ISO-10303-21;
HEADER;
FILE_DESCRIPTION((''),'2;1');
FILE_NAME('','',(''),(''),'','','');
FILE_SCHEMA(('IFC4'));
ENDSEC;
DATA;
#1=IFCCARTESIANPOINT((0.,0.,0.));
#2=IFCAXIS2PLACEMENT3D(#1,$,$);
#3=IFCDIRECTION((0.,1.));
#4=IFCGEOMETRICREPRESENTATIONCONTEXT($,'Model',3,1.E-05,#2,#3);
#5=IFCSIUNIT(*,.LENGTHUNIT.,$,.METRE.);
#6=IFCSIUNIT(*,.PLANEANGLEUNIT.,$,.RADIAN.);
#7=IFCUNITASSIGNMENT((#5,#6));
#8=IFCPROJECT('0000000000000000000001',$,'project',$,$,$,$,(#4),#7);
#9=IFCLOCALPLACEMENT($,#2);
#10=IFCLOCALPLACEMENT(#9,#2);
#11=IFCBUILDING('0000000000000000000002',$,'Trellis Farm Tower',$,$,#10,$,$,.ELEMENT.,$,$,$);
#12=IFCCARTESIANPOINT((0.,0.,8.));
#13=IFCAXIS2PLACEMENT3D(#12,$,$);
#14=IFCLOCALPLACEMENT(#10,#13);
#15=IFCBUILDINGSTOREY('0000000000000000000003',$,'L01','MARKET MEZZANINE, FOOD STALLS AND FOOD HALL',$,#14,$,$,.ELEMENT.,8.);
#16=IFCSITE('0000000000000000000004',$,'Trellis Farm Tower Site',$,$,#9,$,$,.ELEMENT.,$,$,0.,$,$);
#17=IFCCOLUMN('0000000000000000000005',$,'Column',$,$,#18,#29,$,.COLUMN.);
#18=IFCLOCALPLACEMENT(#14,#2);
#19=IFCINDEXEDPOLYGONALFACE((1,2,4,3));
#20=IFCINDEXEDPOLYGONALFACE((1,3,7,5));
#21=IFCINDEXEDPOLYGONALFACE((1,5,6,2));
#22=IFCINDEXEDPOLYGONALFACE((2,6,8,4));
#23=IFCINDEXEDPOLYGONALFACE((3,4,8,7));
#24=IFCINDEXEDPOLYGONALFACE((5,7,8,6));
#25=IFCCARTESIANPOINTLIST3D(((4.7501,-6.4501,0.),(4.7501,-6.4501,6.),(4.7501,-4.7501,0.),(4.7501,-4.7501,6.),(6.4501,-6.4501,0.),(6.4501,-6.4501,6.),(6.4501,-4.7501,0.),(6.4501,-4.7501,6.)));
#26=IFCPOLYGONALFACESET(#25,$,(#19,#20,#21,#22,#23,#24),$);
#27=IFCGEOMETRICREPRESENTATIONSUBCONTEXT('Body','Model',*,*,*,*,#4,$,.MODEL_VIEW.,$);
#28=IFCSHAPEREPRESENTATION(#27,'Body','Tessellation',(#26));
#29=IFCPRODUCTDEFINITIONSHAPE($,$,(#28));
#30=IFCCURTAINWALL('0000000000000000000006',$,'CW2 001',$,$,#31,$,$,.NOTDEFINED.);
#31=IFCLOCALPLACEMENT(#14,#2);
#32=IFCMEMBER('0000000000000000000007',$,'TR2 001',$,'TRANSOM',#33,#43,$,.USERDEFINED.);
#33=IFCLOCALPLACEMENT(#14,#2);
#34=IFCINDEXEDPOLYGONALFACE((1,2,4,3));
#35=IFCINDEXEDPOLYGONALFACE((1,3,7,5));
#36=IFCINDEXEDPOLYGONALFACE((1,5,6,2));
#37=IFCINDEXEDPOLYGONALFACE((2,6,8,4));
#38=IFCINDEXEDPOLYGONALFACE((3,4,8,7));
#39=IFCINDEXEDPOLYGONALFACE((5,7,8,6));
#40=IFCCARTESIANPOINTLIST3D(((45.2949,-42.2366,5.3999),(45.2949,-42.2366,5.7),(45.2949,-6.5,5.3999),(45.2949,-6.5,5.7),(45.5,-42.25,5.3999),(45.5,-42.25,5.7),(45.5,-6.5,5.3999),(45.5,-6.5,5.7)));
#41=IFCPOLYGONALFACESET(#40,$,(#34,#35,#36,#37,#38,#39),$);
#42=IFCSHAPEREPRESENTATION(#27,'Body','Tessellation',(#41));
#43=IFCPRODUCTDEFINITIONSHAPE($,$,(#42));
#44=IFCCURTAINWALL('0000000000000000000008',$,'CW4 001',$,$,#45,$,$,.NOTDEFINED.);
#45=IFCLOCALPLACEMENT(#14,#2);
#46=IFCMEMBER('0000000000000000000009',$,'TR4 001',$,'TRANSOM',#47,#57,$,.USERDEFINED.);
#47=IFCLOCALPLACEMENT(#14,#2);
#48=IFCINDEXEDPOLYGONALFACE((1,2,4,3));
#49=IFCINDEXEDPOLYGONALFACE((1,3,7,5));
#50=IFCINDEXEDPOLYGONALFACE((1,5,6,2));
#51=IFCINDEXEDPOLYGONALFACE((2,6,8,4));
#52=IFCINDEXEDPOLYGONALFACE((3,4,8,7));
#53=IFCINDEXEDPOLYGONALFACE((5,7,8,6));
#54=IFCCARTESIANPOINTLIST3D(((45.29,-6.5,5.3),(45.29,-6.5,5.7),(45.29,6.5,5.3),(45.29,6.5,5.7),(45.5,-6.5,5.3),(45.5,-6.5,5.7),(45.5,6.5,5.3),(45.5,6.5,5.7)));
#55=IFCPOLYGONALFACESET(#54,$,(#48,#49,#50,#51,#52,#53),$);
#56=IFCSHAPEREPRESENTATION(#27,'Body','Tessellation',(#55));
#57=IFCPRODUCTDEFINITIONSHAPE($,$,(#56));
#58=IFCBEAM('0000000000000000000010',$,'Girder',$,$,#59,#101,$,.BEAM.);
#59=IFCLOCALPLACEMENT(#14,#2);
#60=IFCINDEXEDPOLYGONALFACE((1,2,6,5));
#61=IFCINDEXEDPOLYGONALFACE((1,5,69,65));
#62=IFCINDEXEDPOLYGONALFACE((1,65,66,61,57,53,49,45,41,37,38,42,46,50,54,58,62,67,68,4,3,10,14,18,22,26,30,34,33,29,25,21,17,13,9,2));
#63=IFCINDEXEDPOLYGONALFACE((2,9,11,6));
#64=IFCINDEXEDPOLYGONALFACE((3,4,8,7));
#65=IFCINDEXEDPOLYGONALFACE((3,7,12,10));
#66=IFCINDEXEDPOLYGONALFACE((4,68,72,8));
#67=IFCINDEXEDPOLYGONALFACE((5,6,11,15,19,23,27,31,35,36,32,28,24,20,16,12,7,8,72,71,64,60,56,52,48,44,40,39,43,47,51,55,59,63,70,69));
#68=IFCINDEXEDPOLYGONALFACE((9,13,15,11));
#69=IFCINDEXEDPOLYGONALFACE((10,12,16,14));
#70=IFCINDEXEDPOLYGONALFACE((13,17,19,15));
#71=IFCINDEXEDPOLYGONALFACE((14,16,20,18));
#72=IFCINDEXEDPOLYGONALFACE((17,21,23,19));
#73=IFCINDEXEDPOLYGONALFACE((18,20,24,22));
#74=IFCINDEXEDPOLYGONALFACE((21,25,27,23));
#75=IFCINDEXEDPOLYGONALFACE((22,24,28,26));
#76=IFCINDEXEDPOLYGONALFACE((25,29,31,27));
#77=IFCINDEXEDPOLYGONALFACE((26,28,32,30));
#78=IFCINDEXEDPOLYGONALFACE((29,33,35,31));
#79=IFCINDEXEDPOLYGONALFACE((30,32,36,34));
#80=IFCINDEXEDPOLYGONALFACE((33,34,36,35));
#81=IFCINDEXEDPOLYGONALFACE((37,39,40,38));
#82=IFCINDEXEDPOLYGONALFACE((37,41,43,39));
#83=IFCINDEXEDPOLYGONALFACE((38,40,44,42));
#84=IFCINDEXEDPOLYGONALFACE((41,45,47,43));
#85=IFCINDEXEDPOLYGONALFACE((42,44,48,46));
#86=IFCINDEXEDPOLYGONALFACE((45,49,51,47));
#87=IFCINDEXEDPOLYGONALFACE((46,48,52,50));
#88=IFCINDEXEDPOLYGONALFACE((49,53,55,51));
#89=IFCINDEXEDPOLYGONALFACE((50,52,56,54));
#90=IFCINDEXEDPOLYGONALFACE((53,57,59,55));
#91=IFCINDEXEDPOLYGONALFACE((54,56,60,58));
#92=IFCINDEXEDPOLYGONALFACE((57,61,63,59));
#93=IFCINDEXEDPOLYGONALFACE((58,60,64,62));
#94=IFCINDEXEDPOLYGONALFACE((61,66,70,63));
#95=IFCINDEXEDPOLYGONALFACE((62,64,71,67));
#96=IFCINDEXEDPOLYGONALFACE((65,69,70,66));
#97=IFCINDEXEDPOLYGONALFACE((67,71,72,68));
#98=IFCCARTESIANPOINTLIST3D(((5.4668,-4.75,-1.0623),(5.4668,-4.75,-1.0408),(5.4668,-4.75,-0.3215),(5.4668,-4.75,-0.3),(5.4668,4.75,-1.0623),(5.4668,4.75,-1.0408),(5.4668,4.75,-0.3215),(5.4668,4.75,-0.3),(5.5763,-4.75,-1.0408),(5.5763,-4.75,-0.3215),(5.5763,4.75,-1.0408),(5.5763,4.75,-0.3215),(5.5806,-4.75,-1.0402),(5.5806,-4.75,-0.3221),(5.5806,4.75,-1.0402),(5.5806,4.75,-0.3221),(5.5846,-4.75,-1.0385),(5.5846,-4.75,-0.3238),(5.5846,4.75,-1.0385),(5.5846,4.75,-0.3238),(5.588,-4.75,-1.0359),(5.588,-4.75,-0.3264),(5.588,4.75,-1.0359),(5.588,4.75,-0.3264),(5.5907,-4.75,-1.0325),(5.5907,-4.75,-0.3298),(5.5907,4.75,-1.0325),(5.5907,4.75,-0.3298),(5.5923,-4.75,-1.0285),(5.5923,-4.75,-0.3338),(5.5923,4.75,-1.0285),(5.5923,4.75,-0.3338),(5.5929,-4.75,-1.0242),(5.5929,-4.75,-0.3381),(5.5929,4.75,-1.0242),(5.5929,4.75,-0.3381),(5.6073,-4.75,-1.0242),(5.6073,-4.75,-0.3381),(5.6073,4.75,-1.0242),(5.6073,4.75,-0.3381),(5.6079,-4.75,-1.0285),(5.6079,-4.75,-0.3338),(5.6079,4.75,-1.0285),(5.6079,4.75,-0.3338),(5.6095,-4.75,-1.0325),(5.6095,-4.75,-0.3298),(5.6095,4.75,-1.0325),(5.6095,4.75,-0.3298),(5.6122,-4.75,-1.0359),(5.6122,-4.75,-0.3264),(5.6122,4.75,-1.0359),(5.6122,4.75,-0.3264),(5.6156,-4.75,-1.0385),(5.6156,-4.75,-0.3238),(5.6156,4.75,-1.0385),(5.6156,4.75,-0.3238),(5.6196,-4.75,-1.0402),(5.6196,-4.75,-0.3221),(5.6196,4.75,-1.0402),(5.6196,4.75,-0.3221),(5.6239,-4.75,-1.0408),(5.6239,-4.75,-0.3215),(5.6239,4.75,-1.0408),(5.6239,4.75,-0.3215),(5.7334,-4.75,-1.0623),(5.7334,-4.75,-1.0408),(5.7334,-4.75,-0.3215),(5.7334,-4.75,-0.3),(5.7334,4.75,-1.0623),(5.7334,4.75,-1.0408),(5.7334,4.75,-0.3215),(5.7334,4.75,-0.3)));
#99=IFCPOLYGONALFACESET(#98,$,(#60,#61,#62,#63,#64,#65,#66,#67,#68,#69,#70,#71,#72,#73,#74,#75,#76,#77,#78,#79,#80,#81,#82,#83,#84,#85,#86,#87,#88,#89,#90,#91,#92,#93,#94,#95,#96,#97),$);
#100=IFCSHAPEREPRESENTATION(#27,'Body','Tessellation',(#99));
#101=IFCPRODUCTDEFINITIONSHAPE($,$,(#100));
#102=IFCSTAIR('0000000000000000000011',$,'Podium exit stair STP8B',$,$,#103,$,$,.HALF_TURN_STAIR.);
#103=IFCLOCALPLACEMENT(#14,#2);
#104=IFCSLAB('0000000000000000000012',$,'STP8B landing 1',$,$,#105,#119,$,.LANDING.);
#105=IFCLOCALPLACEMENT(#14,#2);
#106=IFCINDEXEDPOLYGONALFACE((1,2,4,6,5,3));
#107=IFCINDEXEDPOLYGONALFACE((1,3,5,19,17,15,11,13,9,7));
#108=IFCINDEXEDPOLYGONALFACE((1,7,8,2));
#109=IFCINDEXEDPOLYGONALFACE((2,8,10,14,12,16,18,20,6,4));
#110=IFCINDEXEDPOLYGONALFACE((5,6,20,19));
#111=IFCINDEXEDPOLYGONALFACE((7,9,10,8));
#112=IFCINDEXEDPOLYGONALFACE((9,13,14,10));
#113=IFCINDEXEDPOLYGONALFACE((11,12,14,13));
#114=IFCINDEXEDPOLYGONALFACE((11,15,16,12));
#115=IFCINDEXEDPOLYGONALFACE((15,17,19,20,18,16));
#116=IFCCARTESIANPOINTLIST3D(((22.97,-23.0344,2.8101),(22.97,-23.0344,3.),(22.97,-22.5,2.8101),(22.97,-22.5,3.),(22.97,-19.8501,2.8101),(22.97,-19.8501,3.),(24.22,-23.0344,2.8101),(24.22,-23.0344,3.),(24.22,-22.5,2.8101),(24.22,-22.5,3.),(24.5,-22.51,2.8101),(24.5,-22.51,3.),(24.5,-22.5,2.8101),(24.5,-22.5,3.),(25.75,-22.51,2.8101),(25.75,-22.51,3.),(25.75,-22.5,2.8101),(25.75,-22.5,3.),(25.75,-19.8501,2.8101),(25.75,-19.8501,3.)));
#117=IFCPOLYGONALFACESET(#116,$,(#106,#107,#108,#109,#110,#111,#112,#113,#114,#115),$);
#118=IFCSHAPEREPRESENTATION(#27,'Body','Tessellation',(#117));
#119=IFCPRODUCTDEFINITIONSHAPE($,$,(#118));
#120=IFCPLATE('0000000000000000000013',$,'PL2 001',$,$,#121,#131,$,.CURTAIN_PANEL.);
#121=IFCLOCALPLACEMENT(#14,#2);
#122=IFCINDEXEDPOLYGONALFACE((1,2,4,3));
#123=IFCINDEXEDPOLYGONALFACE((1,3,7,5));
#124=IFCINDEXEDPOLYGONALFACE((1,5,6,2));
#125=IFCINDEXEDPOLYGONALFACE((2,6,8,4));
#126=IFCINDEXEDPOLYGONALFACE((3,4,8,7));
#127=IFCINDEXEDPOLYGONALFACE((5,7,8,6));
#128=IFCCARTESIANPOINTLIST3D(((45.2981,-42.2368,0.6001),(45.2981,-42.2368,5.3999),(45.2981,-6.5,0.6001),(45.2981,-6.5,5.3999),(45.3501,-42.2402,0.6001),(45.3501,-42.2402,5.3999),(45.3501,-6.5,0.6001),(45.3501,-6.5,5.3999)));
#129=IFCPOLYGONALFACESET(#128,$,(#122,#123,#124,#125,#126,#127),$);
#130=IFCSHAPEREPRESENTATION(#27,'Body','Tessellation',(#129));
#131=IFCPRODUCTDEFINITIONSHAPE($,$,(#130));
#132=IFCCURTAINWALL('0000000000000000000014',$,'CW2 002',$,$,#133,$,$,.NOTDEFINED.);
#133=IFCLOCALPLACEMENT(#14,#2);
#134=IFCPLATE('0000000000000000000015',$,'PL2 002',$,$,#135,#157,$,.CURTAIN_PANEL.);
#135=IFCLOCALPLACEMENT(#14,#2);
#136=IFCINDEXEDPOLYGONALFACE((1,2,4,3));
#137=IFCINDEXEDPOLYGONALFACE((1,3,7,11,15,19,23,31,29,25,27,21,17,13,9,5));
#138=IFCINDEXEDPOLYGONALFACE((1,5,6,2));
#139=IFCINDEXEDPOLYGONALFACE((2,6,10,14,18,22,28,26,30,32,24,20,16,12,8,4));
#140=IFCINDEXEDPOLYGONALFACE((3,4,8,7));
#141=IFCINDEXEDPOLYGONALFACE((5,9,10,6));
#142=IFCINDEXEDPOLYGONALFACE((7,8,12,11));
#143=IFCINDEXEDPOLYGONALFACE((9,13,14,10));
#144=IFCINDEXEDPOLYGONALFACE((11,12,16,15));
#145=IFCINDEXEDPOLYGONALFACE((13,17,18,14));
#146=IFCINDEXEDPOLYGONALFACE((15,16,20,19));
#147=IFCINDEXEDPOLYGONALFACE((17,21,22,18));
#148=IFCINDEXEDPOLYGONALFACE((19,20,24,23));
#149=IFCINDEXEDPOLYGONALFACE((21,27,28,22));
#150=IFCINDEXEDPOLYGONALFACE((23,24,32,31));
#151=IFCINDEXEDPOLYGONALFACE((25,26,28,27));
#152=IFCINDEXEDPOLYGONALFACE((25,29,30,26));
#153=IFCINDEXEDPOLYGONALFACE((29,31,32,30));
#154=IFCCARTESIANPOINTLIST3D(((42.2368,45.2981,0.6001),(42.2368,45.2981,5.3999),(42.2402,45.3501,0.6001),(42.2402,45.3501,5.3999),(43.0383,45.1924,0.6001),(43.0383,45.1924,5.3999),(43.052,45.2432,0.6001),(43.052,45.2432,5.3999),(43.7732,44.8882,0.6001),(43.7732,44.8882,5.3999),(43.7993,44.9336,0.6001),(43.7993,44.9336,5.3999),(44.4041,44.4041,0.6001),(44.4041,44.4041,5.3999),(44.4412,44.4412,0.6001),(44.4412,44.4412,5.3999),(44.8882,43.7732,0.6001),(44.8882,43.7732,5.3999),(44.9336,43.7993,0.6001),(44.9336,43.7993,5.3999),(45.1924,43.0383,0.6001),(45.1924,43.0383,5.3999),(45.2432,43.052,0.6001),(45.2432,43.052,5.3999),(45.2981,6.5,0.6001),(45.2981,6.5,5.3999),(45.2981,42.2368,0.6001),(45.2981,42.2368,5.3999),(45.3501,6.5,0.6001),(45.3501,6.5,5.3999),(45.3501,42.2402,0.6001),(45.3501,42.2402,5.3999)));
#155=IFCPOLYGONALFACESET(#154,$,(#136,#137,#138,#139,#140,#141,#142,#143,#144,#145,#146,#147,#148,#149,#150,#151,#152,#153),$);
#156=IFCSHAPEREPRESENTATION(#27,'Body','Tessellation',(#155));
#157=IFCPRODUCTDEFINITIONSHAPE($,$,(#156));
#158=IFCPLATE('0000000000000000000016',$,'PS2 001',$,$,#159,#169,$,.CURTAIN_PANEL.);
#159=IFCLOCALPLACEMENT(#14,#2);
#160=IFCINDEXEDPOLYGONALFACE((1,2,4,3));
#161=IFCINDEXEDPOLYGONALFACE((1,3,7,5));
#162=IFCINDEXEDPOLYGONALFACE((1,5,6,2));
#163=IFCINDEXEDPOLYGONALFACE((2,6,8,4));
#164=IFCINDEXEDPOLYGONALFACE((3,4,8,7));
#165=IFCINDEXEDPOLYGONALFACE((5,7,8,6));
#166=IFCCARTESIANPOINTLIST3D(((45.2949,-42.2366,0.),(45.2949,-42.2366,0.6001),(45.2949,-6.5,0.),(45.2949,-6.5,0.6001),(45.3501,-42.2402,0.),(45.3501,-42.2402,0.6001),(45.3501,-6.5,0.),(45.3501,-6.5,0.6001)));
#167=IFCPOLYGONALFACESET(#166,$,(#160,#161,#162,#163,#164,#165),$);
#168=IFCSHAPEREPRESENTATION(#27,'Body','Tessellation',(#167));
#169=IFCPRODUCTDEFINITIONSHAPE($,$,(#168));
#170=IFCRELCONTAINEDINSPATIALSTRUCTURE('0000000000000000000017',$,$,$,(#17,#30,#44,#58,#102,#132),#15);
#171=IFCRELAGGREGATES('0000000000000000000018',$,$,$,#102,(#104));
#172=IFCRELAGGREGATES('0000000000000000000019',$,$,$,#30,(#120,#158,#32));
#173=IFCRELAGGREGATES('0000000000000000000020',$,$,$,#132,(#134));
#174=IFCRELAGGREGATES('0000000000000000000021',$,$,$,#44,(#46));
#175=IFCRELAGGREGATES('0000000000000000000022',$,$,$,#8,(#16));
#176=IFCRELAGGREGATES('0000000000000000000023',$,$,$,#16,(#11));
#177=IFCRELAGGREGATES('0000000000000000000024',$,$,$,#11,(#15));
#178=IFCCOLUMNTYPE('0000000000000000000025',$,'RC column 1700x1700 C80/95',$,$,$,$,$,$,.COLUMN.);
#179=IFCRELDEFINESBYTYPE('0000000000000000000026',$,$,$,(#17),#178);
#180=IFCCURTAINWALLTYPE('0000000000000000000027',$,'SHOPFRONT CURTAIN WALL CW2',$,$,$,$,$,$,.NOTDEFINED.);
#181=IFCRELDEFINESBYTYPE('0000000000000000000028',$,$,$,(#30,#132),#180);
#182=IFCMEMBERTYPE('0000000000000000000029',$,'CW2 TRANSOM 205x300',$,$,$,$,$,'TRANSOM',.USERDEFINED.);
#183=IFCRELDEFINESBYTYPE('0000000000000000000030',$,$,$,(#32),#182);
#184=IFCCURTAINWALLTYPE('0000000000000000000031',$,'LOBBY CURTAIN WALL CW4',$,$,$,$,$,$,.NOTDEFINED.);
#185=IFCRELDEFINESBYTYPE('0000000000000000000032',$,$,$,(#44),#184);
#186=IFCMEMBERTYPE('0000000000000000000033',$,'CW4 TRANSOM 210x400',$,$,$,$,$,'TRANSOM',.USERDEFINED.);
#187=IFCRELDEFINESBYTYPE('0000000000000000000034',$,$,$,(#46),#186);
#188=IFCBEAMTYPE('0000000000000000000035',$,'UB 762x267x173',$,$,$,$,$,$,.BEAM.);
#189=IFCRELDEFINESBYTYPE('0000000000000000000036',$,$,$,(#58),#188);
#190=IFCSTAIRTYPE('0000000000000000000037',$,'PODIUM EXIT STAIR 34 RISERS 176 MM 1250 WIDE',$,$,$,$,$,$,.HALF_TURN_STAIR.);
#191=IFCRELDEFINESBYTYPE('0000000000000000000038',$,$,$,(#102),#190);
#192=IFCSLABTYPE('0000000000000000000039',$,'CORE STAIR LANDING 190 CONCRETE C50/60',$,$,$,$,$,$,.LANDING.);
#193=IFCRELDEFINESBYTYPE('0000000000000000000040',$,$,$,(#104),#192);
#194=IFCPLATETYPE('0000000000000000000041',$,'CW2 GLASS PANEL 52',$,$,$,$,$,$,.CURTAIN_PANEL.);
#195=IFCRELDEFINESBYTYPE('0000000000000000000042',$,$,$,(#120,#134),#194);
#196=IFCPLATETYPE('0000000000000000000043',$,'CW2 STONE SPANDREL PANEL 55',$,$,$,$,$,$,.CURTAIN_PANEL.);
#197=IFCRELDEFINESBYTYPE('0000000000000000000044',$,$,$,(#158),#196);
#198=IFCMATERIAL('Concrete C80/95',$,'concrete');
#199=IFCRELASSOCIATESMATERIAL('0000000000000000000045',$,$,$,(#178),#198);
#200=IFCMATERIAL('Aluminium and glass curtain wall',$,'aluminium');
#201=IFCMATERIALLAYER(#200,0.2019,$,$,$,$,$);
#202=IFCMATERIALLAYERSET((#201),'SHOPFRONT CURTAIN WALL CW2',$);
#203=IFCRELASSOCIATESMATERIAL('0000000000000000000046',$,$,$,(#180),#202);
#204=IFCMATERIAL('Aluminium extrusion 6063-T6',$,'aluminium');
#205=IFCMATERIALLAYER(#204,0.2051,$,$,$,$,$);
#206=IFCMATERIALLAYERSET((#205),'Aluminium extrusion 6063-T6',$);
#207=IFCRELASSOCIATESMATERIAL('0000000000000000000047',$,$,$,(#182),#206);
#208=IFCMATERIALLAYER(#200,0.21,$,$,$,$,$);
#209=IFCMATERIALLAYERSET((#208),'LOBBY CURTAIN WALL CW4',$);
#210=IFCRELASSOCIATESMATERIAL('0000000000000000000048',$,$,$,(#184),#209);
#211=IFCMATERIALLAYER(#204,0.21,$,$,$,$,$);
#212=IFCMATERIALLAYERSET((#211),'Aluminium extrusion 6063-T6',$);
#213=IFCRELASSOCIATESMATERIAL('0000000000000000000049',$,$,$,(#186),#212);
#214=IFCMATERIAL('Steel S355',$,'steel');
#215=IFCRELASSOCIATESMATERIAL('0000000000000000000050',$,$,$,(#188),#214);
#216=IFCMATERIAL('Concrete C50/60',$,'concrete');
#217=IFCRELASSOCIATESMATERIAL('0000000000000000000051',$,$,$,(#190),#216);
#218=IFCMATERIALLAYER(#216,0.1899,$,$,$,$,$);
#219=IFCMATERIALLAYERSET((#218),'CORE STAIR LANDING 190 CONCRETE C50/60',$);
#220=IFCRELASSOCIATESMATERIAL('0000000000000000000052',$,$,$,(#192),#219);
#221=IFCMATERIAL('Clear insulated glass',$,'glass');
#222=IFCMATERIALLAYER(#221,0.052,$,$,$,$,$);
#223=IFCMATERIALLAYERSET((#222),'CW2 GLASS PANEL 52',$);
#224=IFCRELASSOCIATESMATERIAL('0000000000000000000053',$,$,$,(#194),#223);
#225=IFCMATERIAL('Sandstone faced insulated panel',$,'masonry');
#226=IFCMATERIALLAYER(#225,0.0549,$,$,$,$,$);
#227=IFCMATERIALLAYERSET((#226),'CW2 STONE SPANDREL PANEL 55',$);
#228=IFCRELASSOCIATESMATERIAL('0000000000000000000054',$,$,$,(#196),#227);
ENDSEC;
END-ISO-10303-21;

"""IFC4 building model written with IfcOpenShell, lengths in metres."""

from ifc_helpers import new_model, si_unit, direction, frame, origin, origin_2d, place, context, subcontext, project, spatial, polyline, rectangle, i_section, outline, extrude, source, transform, mapped, material, layer, layer_set, material_profile, profile_set, type_object, element, aggregate, save


model = new_model("IFC4")

# Units and contexts
model_context = context("Model", 3, precision=1e-05, world=origin(), true_north=direction((0.0, 1.0)))
body_context = subcontext(model_context, "Body", "Model", "MODEL_VIEW")
ifc_project = project(units=[si_unit("LENGTHUNIT", "METRE"), si_unit("PLANEANGLEUNIT", "RADIAN")], contexts=[model_context])

# Site, building, storey
site_placement = place(None, origin())
site = spatial("IfcSite", under=ifc_project, at=site_placement, Name="Trellis Farm Tower Site", CompositionType="ELEMENT", RefElevation=0.0)
building_placement = place(site_placement, origin())
building = spatial("IfcBuilding", under=site, at=building_placement, Name="Trellis Farm Tower", CompositionType="ELEMENT")
storey_placement = place(building_placement, frame((0.0, 0.0, 8.0)))
storey = spatial("IfcBuildingStorey", under=building, at=storey_placement, Name="L01", Description="MARKET MEZZANINE, FOOD STALLS AND FOOD HALL", CompositionType="ELEMENT", Elevation=8.0)

# Column
ifc_material_1 = material(Name="Concrete C80/95", Category="concrete")
ifc_material_profile_1 = material_profile(ifc_material_1, rectangle(XDim=1.7, YDim=1.7, at=origin_2d()), Name="RC column 1700x1700 C80/95")
ifc_profile_set_1 = profile_set([ifc_material_profile_1], Name="Concrete C80/95")
column_type = type_object("IfcColumnType", Name="RC column 1700x1700 C80/95", PredefinedType="COLUMN", material=ifc_profile_set_1)
shared_shape_1 = source(origin(), body_context, "Body", "SweptSolid", [
    extrude(rectangle(XDim=1.7, YDim=1.7, at=origin_2d()), origin(), (0.0, 0.0, 1.0), 6.0),
])
column_placement = place(storey_placement, frame((5.6001, -5.6001, 0.0), z_axis=(0.0, 0.0, 1.0), x_axis=(1.0, 0.0, 0.0)))
element("IfcColumn", 1, at=column_placement, inside=storey, type_object=column_type, Name="Column", PredefinedType="COLUMN", context=body_context, shape_type="MappedRepresentation", body=[
    mapped(shared_shape_1, transform((0.0, 0.0, 0.0))),
])

# Curtain walls, members
ifc_material_2 = material(Name="Aluminium and glass curtain wall", Category="aluminium")
ifc_layer_1 = layer(ifc_material_2, 0.2019)
ifc_layer_set_1 = layer_set([ifc_layer_1], Name="SHOPFRONT CURTAIN WALL CW2")
curtain_wall_type_1 = type_object("IfcCurtainWallType", Name="SHOPFRONT CURTAIN WALL CW2", PredefinedType="NOTDEFINED", material=ifc_layer_set_1)
placement_1 = place(storey_placement, origin())
curtain_wall_1 = element("IfcCurtainWall", 2, at=placement_1, inside=storey, type_object=curtain_wall_type_1, Name="CW2 001", PredefinedType="NOTDEFINED")
ifc_material_3 = material(Name="Aluminium extrusion 6063-T6", Category="aluminium")
ifc_layer_2 = layer(ifc_material_3, 0.2051)
ifc_layer_set_2 = layer_set([ifc_layer_2], Name="Aluminium extrusion 6063-T6")
member_type_1 = type_object("IfcMemberType", Name="CW2 TRANSOM 205x300", ElementType="TRANSOM", PredefinedType="USERDEFINED", material=ifc_layer_set_2)
member_1_placement = place(storey_placement, frame((0.0, 0.0, 5.3999)))
member_1 = element("IfcMember", 3, at=member_1_placement, type_object=member_type_1, Name="TR2 001", ObjectType="TRANSOM", PredefinedType="USERDEFINED", context=body_context, shape_type="SweptSolid", body=[
    extrude(outline(polyline([(45.5, -42.25), (45.5, -6.5), (45.2949, -6.5), (45.2949, -42.2366), (45.5, -42.25)])), origin(), (0.0, 0.0, 1.0), 0.3),
])
ifc_layer_3 = layer(ifc_material_2, 0.21)
ifc_layer_set_3 = layer_set([ifc_layer_3], Name="LOBBY CURTAIN WALL CW4")
curtain_wall_type_2 = type_object("IfcCurtainWallType", Name="LOBBY CURTAIN WALL CW4", PredefinedType="NOTDEFINED", material=ifc_layer_set_3)
curtain_wall_2 = element("IfcCurtainWall", 4, at=placement_1, inside=storey, type_object=curtain_wall_type_2, Name="CW4 001", PredefinedType="NOTDEFINED")
ifc_layer_4 = layer(ifc_material_3, 0.21)
ifc_layer_set_4 = layer_set([ifc_layer_4], Name="Aluminium extrusion 6063-T6")
member_type_2 = type_object("IfcMemberType", Name="CW4 TRANSOM 210x400", ElementType="TRANSOM", PredefinedType="USERDEFINED", material=ifc_layer_set_4)
member_2_placement = place(storey_placement, frame((0.0, 0.0, 5.3)))
member_2 = element("IfcMember", 5, at=member_2_placement, type_object=member_type_2, Name="TR4 001", ObjectType="TRANSOM", PredefinedType="USERDEFINED", context=body_context, shape_type="SweptSolid", body=[
    extrude(outline(polyline([(45.5, -6.5), (45.5, 6.5), (45.29, 6.5), (45.29, -6.5), (45.5, -6.5)])), origin(), (0.0, 0.0, 1.0), 0.3999),
])

# Beam
ifc_material_4 = material(Name="Steel S355", Category="steel")
ifc_material_profile_2 = material_profile(ifc_material_4, i_section(OverallWidth=0.2666, OverallDepth=0.7622, WebThickness=0.0144, FlangeThickness=0.0215, FilletRadius=0.0166, at=origin_2d()), Name="UB 762x267x173")
ifc_profile_set_2 = profile_set([ifc_material_profile_2], Name="Steel S355")
beam_type = type_object("IfcBeamType", Name="UB 762x267x173", PredefinedType="BEAM", material=ifc_profile_set_2)
shared_shape_2 = source(origin(), body_context, "Body", "SweptSolid", [
    extrude(i_section(OverallWidth=0.2666, OverallDepth=0.7622, WebThickness=0.0144, FlangeThickness=0.0215, FilletRadius=0.0166, at=origin_2d()), origin(), (0.0, 0.0, 1.0), 9.5),
])
beam_placement = place(storey_placement, frame((5.6001, -4.75, -0.6812), z_axis=(0.0, 1.0, 0.0), x_axis=(-1.0, 0.0, 0.0)))
element("IfcBeam", 6, at=beam_placement, inside=storey, type_object=beam_type, Name="Girder", PredefinedType="BEAM", context=body_context, shape_type="MappedRepresentation", body=[
    mapped(shared_shape_2, transform((0.0, 0.0, 0.0))),
])

# Stair, slab
ifc_material_5 = material(Name="Concrete C50/60", Category="concrete")
stair_type_1 = type_object("IfcStairType", Name="PODIUM EXIT STAIR 34 RISERS 176 MM 1250 WIDE", PredefinedType="HALF_TURN_STAIR", material=ifc_material_5)
stair_1 = element("IfcStair", 7, at=placement_1, inside=storey, type_object=stair_type_1, Name="Podium exit stair STP8B", PredefinedType="HALF_TURN_STAIR")
ifc_layer_5 = layer(ifc_material_5, 0.1899)
ifc_layer_set_5 = layer_set([ifc_layer_5], Name="CORE STAIR LANDING 190 CONCRETE C50/60")
slab_type_1 = type_object("IfcSlabType", Name="CORE STAIR LANDING 190 CONCRETE C50/60", PredefinedType="LANDING", material=ifc_layer_set_5)
slab_1_placement = place(storey_placement, frame((0.0, 0.0, 2.8101)))
slab_1 = element("IfcSlab", 8, at=slab_1_placement, type_object=slab_type_1, Name="STP8B landing 1", PredefinedType="LANDING", context=body_context, shape_type="SweptSolid", body=[
    extrude(outline(polyline([(24.22, -23.0344), (22.97, -23.0344), (22.97, -22.5), (22.97, -19.8501), (25.75, -19.8501), (25.75, -22.5), (25.75, -22.51), (24.5, -22.51), (24.5, -22.5), (24.22, -22.5), (24.22, -23.0344)])), origin(), (0.0, 0.0, 1.0), 0.1899),
])
aggregate(stair_1, [slab_1])

# Plate
ifc_material_6 = material(Name="Clear insulated glass", Category="glass")
ifc_layer_6 = layer(ifc_material_6, 0.052)
ifc_layer_set_6 = layer_set([ifc_layer_6], Name="CW2 GLASS PANEL 52")
plate_type_1 = type_object("IfcPlateType", Name="CW2 GLASS PANEL 52", PredefinedType="CURTAIN_PANEL", material=ifc_layer_set_6)
placement_2 = place(storey_placement, frame((0.0, 0.0, 0.6001)))
plate_1 = element("IfcPlate", 9, at=placement_2, type_object=plate_type_1, Name="PL2 001", PredefinedType="CURTAIN_PANEL", context=body_context, shape_type="SweptSolid", body=[
    extrude(outline(polyline([(45.3501, -42.2402), (45.3501, -6.5), (45.2981, -6.5), (45.2981, -42.2368), (45.3501, -42.2402)])), origin(), (0.0, 0.0, 1.0), 4.7998),
])

# Curtain wall, plate
curtain_wall_3 = element("IfcCurtainWall", 10, at=placement_1, inside=storey, type_object=curtain_wall_type_1, Name="CW2 002", PredefinedType="NOTDEFINED")
plate_2 = element("IfcPlate", 11, at=placement_2, type_object=plate_type_1, Name="PL2 002", PredefinedType="CURTAIN_PANEL", context=body_context, shape_type="SweptSolid", body=[
    extrude(outline(polyline([(45.3501, 6.5), (45.3501, 42.2402), (45.2432, 43.052), (44.9336, 43.7993), (44.4412, 44.4412), (43.7993, 44.9336), (43.052, 45.2432), (42.2402, 45.3501), (42.2368, 45.2981), (43.0383, 45.1924), (43.7732, 44.8882), (44.4041, 44.4041), (44.8882, 43.7732), (45.1924, 43.0383), (45.2981, 42.2368), (45.2981, 6.5), (45.3501, 6.5)])), origin(), (0.0, 0.0, 1.0), 4.7998),
])

# Plate
ifc_material_7 = material(Name="Sandstone faced insulated panel", Category="masonry")
ifc_layer_7 = layer(ifc_material_7, 0.0549)
ifc_layer_set_7 = layer_set([ifc_layer_7], Name="CW2 STONE SPANDREL PANEL 55")
plate_type_2 = type_object("IfcPlateType", Name="CW2 STONE SPANDREL PANEL 55", PredefinedType="CURTAIN_PANEL", material=ifc_layer_set_7)
plate_3 = element("IfcPlate", 12, at=placement_1, type_object=plate_type_2, Name="PS2 001", PredefinedType="CURTAIN_PANEL", context=body_context, shape_type="SweptSolid", body=[
    extrude(outline(polyline([(45.3501, -42.2402), (45.3501, -6.5), (45.2949, -6.5), (45.2949, -42.2366), (45.3501, -42.2402)])), origin(), (0.0, 0.0, 1.0), 0.6001),
])
aggregate(curtain_wall_1, [plate_1, plate_3, member_1])
aggregate(curtain_wall_3, [plate_2])
aggregate(curtain_wall_2, [member_2])

save(model, "model.ifc")
